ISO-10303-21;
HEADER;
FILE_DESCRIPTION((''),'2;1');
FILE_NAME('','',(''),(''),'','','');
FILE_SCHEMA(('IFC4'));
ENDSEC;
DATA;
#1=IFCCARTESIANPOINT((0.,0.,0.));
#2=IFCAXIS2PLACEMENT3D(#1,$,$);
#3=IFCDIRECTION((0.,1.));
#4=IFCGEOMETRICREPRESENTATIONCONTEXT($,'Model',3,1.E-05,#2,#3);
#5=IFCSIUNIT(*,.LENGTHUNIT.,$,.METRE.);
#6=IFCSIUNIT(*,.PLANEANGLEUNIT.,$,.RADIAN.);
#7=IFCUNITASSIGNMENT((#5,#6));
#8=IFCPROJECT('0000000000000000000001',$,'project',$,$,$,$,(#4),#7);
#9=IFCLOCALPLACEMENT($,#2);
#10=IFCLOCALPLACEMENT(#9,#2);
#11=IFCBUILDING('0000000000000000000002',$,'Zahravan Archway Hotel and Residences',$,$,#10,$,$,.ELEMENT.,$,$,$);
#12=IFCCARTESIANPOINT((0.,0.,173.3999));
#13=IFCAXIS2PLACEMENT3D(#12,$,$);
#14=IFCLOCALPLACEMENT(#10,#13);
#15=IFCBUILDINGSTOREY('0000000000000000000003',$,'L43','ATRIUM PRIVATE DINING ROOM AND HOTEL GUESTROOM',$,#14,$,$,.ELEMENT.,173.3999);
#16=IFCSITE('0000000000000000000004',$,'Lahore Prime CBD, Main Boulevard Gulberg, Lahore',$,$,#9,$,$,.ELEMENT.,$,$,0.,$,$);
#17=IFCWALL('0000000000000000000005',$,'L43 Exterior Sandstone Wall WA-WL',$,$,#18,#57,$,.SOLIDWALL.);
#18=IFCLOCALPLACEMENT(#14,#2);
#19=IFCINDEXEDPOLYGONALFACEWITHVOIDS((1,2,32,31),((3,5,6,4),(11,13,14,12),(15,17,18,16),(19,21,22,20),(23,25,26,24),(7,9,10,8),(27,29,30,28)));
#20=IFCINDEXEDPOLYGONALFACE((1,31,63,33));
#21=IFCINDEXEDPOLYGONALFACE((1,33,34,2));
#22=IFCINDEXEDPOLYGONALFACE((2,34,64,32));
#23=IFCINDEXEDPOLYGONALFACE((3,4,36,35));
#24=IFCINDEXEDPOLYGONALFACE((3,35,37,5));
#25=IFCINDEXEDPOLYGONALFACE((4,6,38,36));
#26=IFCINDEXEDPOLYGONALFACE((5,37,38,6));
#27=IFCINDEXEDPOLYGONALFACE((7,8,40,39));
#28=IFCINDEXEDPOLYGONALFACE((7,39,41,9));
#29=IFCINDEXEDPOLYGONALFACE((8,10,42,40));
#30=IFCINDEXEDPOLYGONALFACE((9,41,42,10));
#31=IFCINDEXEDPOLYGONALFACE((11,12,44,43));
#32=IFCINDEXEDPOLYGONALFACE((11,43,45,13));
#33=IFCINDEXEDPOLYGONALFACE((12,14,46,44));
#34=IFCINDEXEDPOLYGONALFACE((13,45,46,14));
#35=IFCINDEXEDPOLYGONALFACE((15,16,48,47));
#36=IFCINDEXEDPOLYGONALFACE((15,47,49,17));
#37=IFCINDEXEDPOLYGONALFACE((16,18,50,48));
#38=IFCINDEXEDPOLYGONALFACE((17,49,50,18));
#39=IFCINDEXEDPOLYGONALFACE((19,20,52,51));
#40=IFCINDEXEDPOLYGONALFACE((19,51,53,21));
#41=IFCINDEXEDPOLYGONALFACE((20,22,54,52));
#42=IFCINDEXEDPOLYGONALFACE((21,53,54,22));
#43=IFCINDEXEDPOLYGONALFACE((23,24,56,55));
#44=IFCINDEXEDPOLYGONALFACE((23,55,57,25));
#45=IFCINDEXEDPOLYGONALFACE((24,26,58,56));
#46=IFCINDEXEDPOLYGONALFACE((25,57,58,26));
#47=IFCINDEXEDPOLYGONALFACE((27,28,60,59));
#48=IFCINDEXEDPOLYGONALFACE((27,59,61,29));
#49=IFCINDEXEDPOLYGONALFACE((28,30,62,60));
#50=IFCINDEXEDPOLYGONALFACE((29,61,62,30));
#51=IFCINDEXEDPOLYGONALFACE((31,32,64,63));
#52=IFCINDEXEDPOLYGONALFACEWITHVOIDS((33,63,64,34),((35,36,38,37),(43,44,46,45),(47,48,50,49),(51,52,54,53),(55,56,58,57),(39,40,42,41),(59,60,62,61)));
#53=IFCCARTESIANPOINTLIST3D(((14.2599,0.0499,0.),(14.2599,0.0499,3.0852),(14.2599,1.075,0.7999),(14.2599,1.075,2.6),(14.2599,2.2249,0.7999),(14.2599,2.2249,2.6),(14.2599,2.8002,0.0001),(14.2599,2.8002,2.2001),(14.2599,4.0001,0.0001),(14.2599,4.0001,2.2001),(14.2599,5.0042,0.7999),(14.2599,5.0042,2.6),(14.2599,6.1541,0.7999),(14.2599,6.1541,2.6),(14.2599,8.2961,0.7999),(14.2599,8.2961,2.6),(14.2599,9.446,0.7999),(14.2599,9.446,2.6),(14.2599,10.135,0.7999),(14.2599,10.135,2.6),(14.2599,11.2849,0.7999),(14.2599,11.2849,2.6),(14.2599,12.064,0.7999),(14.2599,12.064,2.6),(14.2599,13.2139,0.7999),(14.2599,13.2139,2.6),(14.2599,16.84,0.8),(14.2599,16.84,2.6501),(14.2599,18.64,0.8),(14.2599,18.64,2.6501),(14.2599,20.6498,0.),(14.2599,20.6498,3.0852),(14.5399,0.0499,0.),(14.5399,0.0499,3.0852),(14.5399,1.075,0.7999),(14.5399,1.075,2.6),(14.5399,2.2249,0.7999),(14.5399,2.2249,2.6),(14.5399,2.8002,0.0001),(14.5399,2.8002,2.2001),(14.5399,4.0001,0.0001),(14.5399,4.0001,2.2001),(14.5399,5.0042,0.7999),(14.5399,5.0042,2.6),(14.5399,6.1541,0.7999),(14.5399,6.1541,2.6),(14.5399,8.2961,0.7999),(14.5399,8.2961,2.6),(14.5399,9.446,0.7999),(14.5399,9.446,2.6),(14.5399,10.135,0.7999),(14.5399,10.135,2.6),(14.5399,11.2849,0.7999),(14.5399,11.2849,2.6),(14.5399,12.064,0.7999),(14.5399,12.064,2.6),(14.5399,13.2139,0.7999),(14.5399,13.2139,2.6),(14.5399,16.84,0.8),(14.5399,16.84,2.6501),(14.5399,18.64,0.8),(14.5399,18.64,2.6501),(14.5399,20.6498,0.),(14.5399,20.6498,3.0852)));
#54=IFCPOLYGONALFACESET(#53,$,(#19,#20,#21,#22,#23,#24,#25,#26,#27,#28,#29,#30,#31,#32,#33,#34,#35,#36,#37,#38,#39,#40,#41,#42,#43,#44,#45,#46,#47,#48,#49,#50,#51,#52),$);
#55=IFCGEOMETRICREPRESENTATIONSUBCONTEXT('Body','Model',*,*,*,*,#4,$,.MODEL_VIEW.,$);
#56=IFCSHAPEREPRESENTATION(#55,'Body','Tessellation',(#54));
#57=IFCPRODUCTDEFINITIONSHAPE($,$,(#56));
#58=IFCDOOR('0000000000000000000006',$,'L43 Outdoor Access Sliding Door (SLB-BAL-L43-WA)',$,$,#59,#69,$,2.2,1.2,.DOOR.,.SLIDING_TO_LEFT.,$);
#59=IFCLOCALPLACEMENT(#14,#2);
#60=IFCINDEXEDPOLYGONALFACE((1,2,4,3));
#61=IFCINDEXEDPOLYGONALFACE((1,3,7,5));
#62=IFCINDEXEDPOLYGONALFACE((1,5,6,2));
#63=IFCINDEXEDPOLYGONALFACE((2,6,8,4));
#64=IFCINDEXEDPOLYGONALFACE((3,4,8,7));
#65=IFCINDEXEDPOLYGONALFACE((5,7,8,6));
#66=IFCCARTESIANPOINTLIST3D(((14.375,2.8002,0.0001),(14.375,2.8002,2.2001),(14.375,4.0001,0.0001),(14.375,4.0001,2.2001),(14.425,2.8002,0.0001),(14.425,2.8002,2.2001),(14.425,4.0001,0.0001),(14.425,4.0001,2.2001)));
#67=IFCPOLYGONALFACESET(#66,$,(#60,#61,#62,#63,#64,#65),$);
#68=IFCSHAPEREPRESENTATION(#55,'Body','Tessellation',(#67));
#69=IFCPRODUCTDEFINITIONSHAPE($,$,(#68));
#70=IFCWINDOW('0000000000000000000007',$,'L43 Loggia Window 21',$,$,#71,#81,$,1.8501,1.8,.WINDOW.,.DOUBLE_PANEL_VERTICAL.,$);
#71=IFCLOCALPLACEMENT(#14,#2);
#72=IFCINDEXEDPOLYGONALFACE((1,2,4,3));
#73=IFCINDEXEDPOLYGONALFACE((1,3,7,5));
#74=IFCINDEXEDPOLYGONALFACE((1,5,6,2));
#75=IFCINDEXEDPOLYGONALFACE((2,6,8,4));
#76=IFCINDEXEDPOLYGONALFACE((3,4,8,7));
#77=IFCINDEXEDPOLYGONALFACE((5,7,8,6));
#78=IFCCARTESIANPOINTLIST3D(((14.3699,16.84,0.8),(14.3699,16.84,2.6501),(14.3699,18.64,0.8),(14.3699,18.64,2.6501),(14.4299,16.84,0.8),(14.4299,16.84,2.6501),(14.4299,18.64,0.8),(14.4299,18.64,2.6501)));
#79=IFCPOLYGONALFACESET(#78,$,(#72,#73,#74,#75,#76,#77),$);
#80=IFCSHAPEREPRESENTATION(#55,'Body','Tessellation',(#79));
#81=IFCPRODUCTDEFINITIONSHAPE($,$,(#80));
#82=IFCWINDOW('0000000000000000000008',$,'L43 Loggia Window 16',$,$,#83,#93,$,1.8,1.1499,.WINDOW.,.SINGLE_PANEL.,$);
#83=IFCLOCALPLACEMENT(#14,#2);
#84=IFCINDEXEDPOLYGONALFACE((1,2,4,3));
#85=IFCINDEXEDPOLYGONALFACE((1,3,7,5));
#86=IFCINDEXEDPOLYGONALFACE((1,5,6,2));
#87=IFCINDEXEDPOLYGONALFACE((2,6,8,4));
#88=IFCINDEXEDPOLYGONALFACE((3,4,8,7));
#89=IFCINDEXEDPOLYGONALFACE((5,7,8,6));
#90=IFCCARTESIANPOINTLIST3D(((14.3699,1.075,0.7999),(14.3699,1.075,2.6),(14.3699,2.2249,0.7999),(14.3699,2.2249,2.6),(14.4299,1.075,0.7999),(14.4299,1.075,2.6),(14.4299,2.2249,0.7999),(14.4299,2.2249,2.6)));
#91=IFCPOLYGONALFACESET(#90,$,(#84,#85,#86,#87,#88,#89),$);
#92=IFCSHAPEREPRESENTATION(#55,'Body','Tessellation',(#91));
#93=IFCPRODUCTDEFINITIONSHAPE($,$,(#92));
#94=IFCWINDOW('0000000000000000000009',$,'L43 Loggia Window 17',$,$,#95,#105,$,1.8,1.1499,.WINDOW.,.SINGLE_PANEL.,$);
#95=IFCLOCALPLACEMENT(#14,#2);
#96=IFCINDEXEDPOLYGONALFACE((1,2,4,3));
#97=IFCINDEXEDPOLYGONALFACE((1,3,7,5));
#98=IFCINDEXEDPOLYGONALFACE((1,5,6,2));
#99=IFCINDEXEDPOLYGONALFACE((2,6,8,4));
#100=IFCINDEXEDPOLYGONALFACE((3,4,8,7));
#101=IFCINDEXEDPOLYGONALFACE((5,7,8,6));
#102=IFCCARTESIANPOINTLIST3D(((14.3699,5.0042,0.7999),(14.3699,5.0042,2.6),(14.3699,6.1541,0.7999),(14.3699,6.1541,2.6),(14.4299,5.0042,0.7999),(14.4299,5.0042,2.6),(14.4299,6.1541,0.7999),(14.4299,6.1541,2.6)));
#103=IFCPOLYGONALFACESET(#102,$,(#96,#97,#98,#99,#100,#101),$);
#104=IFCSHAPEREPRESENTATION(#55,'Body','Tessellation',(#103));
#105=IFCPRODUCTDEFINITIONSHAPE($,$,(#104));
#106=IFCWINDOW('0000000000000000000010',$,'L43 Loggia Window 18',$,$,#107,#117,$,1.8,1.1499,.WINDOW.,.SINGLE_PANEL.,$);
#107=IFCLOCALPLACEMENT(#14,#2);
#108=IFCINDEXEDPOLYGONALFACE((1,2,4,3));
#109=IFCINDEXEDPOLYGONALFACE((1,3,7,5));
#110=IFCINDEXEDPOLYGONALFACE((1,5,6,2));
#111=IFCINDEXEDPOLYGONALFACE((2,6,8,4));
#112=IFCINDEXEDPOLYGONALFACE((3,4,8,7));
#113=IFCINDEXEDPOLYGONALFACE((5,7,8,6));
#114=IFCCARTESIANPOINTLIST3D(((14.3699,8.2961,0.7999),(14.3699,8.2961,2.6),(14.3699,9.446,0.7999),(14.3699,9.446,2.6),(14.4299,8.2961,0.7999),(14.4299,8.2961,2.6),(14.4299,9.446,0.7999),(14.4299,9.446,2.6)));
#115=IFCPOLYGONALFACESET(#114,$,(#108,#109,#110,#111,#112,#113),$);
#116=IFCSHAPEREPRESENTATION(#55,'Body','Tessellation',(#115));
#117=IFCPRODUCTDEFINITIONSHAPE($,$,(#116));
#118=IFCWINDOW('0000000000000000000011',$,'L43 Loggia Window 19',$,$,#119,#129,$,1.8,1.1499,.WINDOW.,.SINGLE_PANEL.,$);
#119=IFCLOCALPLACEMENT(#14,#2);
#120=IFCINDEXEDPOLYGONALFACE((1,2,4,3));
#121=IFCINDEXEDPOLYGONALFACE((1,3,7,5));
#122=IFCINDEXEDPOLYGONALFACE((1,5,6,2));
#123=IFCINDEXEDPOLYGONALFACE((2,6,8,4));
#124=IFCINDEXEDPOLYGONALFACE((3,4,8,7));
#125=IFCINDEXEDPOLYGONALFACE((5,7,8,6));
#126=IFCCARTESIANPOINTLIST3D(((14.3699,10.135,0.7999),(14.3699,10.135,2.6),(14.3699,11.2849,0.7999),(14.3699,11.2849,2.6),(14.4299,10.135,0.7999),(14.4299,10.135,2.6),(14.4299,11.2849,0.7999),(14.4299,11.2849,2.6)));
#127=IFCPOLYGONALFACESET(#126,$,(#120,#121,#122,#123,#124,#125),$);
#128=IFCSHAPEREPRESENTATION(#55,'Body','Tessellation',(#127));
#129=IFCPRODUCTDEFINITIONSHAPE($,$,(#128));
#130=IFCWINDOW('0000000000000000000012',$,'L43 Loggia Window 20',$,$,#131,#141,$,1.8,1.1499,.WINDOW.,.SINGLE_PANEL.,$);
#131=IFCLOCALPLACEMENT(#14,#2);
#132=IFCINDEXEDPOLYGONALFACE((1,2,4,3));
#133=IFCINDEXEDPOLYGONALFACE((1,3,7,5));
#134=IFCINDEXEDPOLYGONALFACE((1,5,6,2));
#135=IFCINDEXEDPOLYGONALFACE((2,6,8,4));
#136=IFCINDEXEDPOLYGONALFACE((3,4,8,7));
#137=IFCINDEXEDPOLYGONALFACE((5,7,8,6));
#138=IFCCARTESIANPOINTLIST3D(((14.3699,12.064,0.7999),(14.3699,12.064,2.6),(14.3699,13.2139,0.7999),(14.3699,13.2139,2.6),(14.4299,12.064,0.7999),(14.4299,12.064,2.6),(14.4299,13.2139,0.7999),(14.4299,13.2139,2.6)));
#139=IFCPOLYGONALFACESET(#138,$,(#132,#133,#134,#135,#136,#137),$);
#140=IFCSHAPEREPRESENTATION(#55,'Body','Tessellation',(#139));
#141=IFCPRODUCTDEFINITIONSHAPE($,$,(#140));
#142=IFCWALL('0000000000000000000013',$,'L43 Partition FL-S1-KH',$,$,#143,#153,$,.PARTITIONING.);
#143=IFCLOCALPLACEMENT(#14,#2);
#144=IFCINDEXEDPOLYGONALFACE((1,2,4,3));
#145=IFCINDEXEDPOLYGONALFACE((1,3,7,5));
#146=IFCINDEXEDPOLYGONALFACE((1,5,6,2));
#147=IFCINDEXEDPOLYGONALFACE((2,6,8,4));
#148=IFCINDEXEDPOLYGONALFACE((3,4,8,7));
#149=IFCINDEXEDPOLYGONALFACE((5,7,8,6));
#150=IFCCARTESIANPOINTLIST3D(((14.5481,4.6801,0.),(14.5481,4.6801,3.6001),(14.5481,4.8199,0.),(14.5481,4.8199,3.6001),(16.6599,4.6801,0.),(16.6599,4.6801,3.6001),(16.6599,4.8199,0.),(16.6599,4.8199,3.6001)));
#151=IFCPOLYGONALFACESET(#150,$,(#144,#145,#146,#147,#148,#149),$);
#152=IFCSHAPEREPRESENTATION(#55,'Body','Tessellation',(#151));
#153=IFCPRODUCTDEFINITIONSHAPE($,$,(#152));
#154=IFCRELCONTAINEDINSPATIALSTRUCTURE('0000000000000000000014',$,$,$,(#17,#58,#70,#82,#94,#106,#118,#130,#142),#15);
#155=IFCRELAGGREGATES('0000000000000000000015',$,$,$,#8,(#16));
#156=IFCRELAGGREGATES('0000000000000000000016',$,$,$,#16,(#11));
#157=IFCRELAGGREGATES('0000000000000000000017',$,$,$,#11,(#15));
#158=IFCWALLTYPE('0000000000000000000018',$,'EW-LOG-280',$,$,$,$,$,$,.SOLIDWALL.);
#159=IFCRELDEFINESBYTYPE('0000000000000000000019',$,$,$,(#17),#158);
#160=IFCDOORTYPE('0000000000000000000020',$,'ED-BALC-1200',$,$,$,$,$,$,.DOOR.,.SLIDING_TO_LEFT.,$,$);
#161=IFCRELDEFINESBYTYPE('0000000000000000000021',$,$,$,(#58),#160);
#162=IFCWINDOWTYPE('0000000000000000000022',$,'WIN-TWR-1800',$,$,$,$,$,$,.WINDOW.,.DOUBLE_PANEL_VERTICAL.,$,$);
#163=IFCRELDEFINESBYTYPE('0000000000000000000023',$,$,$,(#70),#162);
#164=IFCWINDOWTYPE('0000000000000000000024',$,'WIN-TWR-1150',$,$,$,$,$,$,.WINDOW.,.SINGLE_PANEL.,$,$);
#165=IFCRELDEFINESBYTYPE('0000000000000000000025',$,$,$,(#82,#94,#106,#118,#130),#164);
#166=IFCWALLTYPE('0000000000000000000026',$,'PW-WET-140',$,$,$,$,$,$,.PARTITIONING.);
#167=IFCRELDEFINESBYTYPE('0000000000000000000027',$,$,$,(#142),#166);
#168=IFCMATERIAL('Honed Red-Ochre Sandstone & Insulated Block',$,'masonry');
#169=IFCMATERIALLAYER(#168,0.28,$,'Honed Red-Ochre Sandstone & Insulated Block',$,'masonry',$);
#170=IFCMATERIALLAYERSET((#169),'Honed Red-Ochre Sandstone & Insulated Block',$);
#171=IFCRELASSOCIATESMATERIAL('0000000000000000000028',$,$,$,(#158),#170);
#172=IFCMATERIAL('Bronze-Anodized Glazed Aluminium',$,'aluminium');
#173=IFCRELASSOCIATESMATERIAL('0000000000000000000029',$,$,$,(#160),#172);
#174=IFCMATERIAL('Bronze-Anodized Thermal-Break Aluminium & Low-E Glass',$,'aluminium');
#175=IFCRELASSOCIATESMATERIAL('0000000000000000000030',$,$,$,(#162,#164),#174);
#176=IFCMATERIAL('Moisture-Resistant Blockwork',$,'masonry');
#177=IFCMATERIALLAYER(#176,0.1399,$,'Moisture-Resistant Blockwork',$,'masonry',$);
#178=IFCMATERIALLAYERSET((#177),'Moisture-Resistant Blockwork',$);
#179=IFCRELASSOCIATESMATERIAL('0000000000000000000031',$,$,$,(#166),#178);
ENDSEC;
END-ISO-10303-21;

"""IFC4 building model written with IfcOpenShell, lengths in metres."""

from ifc_helpers import new_model, si_unit, direction, frame, frame_2d, origin, place, context, subcontext, project, spatial, rectangle, extrude, source, transform, mapped, material, layer, layer_set, type_object, type_shapes, element, fill, save


model = new_model("IFC4")

# Units and contexts
model_context = context("Model", 3, precision=1e-05, world=origin(), true_north=direction((0.0, 1.0)))
body_context = subcontext(model_context, "Body", "Model", "MODEL_VIEW")
ifc_project = project(units=[si_unit("LENGTHUNIT", "METRE"), si_unit("PLANEANGLEUNIT", "RADIAN")], contexts=[model_context])

# Site, building, storey
site_placement = place(None, origin())
site = spatial("IfcSite", under=ifc_project, at=site_placement, Name="Lahore Prime CBD, Main Boulevard Gulberg, Lahore", CompositionType="ELEMENT", RefElevation=0.0)
building_placement = place(site_placement, origin())
building = spatial("IfcBuilding", under=site, at=building_placement, Name="Zahravan Archway Hotel and Residences", CompositionType="ELEMENT")
storey_placement = place(building_placement, frame((0.0, 0.0, 173.3999)))
storey = spatial("IfcBuildingStorey", under=building, at=storey_placement, Name="L43", Description="ATRIUM PRIVATE DINING ROOM AND HOTEL GUESTROOM", CompositionType="ELEMENT", Elevation=173.3999)

# Wall, openings, door, windows
ifc_material_1 = material(Name="Honed Red-Ochre Sandstone & Insulated Block", Category="masonry")
ifc_layer_1 = layer(ifc_material_1, 0.28, Name="Honed Red-Ochre Sandstone & Insulated Block", Category="masonry")
ifc_layer_set_1 = layer_set([ifc_layer_1], Name="Honed Red-Ochre Sandstone & Insulated Block")
wall_type_1 = type_object("IfcWallType", Name="EW-LOG-280", PredefinedType="SOLIDWALL", material=ifc_layer_set_1)
ifc_material_2 = material(Name="Bronze-Anodized Glazed Aluminium", Category="aluminium")
door_type = type_object("IfcDoorType", Name="ED-BALC-1200", OperationType="SLIDING_TO_LEFT", PredefinedType="DOOR", material=ifc_material_2)
shared_shape_1 = source(origin(), body_context, "Body", "SweptSolid", [
    extrude(rectangle(XDim=1.2, YDim=2.2, at=frame_2d((0.6001, 1.1001))), frame((0.0, 0.0249, 0.0), z_axis=(0.0, -1.0, 0.0), x_axis=(1.0, 0.0, 0.0)), (0.0, 0.0, 1.0), 0.05),
])
type_shapes(door_type, [shared_shape_1])
ifc_material_3 = material(Name="Bronze-Anodized Thermal-Break Aluminium & Low-E Glass", Category="aluminium")
window_type_1 = type_object("IfcWindowType", Name="WIN-TWR-1800", PartitioningType="DOUBLE_PANEL_VERTICAL", PredefinedType="WINDOW", material=ifc_material_3)
shared_shape_2 = source(origin(), body_context, "Body", "SweptSolid", [
    extrude(rectangle(XDim=1.8, YDim=1.8501, at=frame_2d((0.8999, 0.925))), frame((0.0, 0.03, 0.0), z_axis=(0.0, -1.0, 0.0), x_axis=(1.0, 0.0, 0.0)), (0.0, 0.0, 1.0), 0.0601),
])
type_shapes(window_type_1, [shared_shape_2])
window_type_2 = type_object("IfcWindowType", Name="WIN-TWR-1150", PartitioningType="SINGLE_PANEL", PredefinedType="WINDOW", material=ifc_material_3)
shared_shape_3 = source(origin(), body_context, "Body", "SweptSolid", [
    extrude(rectangle(XDim=1.1499, YDim=1.8, at=frame_2d((0.575, 0.8999))), frame((0.0, 0.03, 0.0), z_axis=(0.0, -1.0, 0.0), x_axis=(1.0, 0.0, 0.0)), (0.0, 0.0, 1.0), 0.0601),
])
type_shapes(window_type_2, [shared_shape_3])
wall_1_placement = place(storey_placement, frame((14.3999, 0.05, 0.0), z_axis=(0.0, 0.0, 1.0), x_axis=(0.0, 1.0, 0.0)))
wall_1 = element("IfcWall", 1, at=wall_1_placement, inside=storey, type_object=wall_type_1, Name="L43 Exterior Sandstone Wall WA-WL", PredefinedType="SOLIDWALL", context=body_context, shape_type="SweptSolid", body=[
    extrude(rectangle(XDim=20.5999, YDim=0.28, at=frame_2d((10.2998, 0.0))), origin(), (0.0, 0.0, 1.0), 3.0852),
])
opening_1_placement = place(wall_1_placement, frame((2.75, 0.0, 0.0)))
opening_1 = element("IfcOpeningElement", 2, at=opening_1_placement, cuts=wall_1, PredefinedType="OPENING", context=body_context, shape_type="SweptSolid", body=[
    extrude(rectangle(XDim=1.2, YDim=2.2, at=frame_2d((0.6001, 1.1001))), frame((0.0, 0.1499, 0.0), z_axis=(0.0, -1.0, 0.0), x_axis=(1.0, 0.0, 0.0)), (0.0, 0.0, 1.0), 0.3),
])
opening_2_placement = place(wall_1_placement, frame((1.0249, 0.0, 0.8)))
opening_2 = element("IfcOpeningElement", 3, at=opening_2_placement, cuts=wall_1, PredefinedType="OPENING", context=body_context, shape_type="SweptSolid", body=[
    extrude(rectangle(XDim=1.1499, YDim=1.8, at=frame_2d((0.575, 0.8999))), frame((0.0, 0.1499, 0.0), z_axis=(0.0, -1.0, 0.0), x_axis=(1.0, 0.0, 0.0)), (0.0, 0.0, 1.0), 0.3),
])
opening_3_placement = place(wall_1_placement, frame((4.9541, 0.0, 0.8)))
opening_3 = element("IfcOpeningElement", 4, at=opening_3_placement, cuts=wall_1, PredefinedType="OPENING", context=body_context, shape_type="SweptSolid", body=[
    extrude(rectangle(XDim=1.1499, YDim=1.8, at=frame_2d((0.575, 0.8999))), frame((0.0, 0.1499, 0.0), z_axis=(0.0, -1.0, 0.0), x_axis=(1.0, 0.0, 0.0)), (0.0, 0.0, 1.0), 0.3),
])
opening_4_placement = place(wall_1_placement, frame((8.2461, 0.0, 0.8)))
opening_4 = element("IfcOpeningElement", 5, at=opening_4_placement, cuts=wall_1, PredefinedType="OPENING", context=body_context, shape_type="SweptSolid", body=[
    extrude(rectangle(XDim=1.1499, YDim=1.8, at=frame_2d((0.575, 0.8999))), frame((0.0, 0.1499, 0.0), z_axis=(0.0, -1.0, 0.0), x_axis=(1.0, 0.0, 0.0)), (0.0, 0.0, 1.0), 0.3),
])
opening_5_placement = place(wall_1_placement, frame((10.085, 0.0, 0.8)))
opening_5 = element("IfcOpeningElement", 6, at=opening_5_placement, cuts=wall_1, PredefinedType="OPENING", context=body_context, shape_type="SweptSolid", body=[
    extrude(rectangle(XDim=1.1499, YDim=1.8, at=frame_2d((0.575, 0.8999))), frame((0.0, 0.1499, 0.0), z_axis=(0.0, -1.0, 0.0), x_axis=(1.0, 0.0, 0.0)), (0.0, 0.0, 1.0), 0.3),
])
opening_6_placement = place(wall_1_placement, frame((12.0139, 0.0, 0.8)))
opening_6 = element("IfcOpeningElement", 7, at=opening_6_placement, cuts=wall_1, PredefinedType="OPENING", context=body_context, shape_type="SweptSolid", body=[
    extrude(rectangle(XDim=1.1499, YDim=1.8, at=frame_2d((0.575, 0.8999))), frame((0.0, 0.1499, 0.0), z_axis=(0.0, -1.0, 0.0), x_axis=(1.0, 0.0, 0.0)), (0.0, 0.0, 1.0), 0.3),
])
opening_7_placement = place(wall_1_placement, frame((16.79, 0.0, 0.8)))
opening_7 = element("IfcOpeningElement", 8, at=opening_7_placement, cuts=wall_1, PredefinedType="OPENING", context=body_context, shape_type="SweptSolid", body=[
    extrude(rectangle(XDim=1.8, YDim=1.8501, at=frame_2d((0.8999, 0.925))), frame((0.0, 0.1499, 0.0), z_axis=(0.0, -1.0, 0.0), x_axis=(1.0, 0.0, 0.0)), (0.0, 0.0, 1.0), 0.3),
])
door_1_placement = place(opening_1_placement, origin())
door_1 = element("IfcDoor", 9, at=door_1_placement, inside=storey, type_object=door_type, Name="L43 Outdoor Access Sliding Door (SLB-BAL-L43-WA)", OperationType="SLIDING_TO_LEFT", OverallHeight=2.2, OverallWidth=1.2, PredefinedType="DOOR", context=body_context, shape_type="MappedRepresentation", body=[
    mapped(shared_shape_1, transform((0.0, 0.0, 0.0), scale=1.0)),
])
fill(opening_1, door_1)
window_1_placement = place(opening_7_placement, origin())
window_1 = element("IfcWindow", 10, at=window_1_placement, inside=storey, type_object=window_type_1, Name="L43 Loggia Window 21", OverallHeight=1.8501, OverallWidth=1.8, PartitioningType="DOUBLE_PANEL_VERTICAL", PredefinedType="WINDOW", context=body_context, shape_type="MappedRepresentation", body=[
    mapped(shared_shape_2, transform((0.0, 0.0, 0.0), scale=1.0)),
])
fill(opening_7, window_1)
window_2_placement = place(opening_2_placement, origin())
window_2 = element("IfcWindow", 11, at=window_2_placement, inside=storey, type_object=window_type_2, Name="L43 Loggia Window 16", OverallHeight=1.8, OverallWidth=1.1499, PartitioningType="SINGLE_PANEL", PredefinedType="WINDOW", context=body_context, shape_type="MappedRepresentation", body=[
    mapped(shared_shape_3, transform((0.0, 0.0, 0.0), scale=1.0)),
])
fill(opening_2, window_2)
window_3_placement = place(opening_3_placement, origin())
window_3 = element("IfcWindow", 12, at=window_3_placement, inside=storey, type_object=window_type_2, Name="L43 Loggia Window 17", OverallHeight=1.8, OverallWidth=1.1499, PartitioningType="SINGLE_PANEL", PredefinedType="WINDOW", context=body_context, shape_type="MappedRepresentation", body=[
    mapped(shared_shape_3, transform((0.0, 0.0, 0.0), scale=1.0)),
])
fill(opening_3, window_3)
window_4_placement = place(opening_4_placement, origin())
window_4 = element("IfcWindow", 13, at=window_4_placement, inside=storey, type_object=window_type_2, Name="L43 Loggia Window 18", OverallHeight=1.8, OverallWidth=1.1499, PartitioningType="SINGLE_PANEL", PredefinedType="WINDOW", context=body_context, shape_type="MappedRepresentation", body=[
    mapped(shared_shape_3, transform((0.0, 0.0, 0.0), scale=1.0)),
])
fill(opening_4, window_4)
window_5_placement = place(opening_5_placement, origin())
window_5 = element("IfcWindow", 14, at=window_5_placement, inside=storey, type_object=window_type_2, Name="L43 Loggia Window 19", OverallHeight=1.8, OverallWidth=1.1499, PartitioningType="SINGLE_PANEL", PredefinedType="WINDOW", context=body_context, shape_type="MappedRepresentation", body=[
    mapped(shared_shape_3, transform((0.0, 0.0, 0.0), scale=1.0)),
])
fill(opening_5, window_5)
window_6_placement = place(opening_6_placement, origin())
window_6 = element("IfcWindow", 15, at=window_6_placement, inside=storey, type_object=window_type_2, Name="L43 Loggia Window 20", OverallHeight=1.8, OverallWidth=1.1499, PartitioningType="SINGLE_PANEL", PredefinedType="WINDOW", context=body_context, shape_type="MappedRepresentation", body=[
    mapped(shared_shape_3, transform((0.0, 0.0, 0.0), scale=1.0)),
])
fill(opening_6, window_6)

# Wall
ifc_material_4 = material(Name="Moisture-Resistant Blockwork", Category="masonry")
ifc_layer_2 = layer(ifc_material_4, 0.1399, Name="Moisture-Resistant Blockwork", Category="masonry")
ifc_layer_set_2 = layer_set([ifc_layer_2], Name="Moisture-Resistant Blockwork")
wall_type_2 = type_object("IfcWallType", Name="PW-WET-140", PredefinedType="PARTITIONING", material=ifc_layer_set_2)
wall_2_placement = place(storey_placement, frame((14.5481, 4.75, 0.0), z_axis=(0.0, 0.0, 1.0), x_axis=(1.0, 0.0, 0.0)))
element("IfcWall", 16, at=wall_2_placement, inside=storey, type_object=wall_type_2, Name="L43 Partition FL-S1-KH", PredefinedType="PARTITIONING", context=body_context, shape_type="SweptSolid", body=[
    extrude(rectangle(XDim=2.1118, YDim=0.1399, at=frame_2d((1.0559, 0.0))), origin(), (0.0, 0.0, 1.0), 3.6001),
])

save(model, "model.ifc")
